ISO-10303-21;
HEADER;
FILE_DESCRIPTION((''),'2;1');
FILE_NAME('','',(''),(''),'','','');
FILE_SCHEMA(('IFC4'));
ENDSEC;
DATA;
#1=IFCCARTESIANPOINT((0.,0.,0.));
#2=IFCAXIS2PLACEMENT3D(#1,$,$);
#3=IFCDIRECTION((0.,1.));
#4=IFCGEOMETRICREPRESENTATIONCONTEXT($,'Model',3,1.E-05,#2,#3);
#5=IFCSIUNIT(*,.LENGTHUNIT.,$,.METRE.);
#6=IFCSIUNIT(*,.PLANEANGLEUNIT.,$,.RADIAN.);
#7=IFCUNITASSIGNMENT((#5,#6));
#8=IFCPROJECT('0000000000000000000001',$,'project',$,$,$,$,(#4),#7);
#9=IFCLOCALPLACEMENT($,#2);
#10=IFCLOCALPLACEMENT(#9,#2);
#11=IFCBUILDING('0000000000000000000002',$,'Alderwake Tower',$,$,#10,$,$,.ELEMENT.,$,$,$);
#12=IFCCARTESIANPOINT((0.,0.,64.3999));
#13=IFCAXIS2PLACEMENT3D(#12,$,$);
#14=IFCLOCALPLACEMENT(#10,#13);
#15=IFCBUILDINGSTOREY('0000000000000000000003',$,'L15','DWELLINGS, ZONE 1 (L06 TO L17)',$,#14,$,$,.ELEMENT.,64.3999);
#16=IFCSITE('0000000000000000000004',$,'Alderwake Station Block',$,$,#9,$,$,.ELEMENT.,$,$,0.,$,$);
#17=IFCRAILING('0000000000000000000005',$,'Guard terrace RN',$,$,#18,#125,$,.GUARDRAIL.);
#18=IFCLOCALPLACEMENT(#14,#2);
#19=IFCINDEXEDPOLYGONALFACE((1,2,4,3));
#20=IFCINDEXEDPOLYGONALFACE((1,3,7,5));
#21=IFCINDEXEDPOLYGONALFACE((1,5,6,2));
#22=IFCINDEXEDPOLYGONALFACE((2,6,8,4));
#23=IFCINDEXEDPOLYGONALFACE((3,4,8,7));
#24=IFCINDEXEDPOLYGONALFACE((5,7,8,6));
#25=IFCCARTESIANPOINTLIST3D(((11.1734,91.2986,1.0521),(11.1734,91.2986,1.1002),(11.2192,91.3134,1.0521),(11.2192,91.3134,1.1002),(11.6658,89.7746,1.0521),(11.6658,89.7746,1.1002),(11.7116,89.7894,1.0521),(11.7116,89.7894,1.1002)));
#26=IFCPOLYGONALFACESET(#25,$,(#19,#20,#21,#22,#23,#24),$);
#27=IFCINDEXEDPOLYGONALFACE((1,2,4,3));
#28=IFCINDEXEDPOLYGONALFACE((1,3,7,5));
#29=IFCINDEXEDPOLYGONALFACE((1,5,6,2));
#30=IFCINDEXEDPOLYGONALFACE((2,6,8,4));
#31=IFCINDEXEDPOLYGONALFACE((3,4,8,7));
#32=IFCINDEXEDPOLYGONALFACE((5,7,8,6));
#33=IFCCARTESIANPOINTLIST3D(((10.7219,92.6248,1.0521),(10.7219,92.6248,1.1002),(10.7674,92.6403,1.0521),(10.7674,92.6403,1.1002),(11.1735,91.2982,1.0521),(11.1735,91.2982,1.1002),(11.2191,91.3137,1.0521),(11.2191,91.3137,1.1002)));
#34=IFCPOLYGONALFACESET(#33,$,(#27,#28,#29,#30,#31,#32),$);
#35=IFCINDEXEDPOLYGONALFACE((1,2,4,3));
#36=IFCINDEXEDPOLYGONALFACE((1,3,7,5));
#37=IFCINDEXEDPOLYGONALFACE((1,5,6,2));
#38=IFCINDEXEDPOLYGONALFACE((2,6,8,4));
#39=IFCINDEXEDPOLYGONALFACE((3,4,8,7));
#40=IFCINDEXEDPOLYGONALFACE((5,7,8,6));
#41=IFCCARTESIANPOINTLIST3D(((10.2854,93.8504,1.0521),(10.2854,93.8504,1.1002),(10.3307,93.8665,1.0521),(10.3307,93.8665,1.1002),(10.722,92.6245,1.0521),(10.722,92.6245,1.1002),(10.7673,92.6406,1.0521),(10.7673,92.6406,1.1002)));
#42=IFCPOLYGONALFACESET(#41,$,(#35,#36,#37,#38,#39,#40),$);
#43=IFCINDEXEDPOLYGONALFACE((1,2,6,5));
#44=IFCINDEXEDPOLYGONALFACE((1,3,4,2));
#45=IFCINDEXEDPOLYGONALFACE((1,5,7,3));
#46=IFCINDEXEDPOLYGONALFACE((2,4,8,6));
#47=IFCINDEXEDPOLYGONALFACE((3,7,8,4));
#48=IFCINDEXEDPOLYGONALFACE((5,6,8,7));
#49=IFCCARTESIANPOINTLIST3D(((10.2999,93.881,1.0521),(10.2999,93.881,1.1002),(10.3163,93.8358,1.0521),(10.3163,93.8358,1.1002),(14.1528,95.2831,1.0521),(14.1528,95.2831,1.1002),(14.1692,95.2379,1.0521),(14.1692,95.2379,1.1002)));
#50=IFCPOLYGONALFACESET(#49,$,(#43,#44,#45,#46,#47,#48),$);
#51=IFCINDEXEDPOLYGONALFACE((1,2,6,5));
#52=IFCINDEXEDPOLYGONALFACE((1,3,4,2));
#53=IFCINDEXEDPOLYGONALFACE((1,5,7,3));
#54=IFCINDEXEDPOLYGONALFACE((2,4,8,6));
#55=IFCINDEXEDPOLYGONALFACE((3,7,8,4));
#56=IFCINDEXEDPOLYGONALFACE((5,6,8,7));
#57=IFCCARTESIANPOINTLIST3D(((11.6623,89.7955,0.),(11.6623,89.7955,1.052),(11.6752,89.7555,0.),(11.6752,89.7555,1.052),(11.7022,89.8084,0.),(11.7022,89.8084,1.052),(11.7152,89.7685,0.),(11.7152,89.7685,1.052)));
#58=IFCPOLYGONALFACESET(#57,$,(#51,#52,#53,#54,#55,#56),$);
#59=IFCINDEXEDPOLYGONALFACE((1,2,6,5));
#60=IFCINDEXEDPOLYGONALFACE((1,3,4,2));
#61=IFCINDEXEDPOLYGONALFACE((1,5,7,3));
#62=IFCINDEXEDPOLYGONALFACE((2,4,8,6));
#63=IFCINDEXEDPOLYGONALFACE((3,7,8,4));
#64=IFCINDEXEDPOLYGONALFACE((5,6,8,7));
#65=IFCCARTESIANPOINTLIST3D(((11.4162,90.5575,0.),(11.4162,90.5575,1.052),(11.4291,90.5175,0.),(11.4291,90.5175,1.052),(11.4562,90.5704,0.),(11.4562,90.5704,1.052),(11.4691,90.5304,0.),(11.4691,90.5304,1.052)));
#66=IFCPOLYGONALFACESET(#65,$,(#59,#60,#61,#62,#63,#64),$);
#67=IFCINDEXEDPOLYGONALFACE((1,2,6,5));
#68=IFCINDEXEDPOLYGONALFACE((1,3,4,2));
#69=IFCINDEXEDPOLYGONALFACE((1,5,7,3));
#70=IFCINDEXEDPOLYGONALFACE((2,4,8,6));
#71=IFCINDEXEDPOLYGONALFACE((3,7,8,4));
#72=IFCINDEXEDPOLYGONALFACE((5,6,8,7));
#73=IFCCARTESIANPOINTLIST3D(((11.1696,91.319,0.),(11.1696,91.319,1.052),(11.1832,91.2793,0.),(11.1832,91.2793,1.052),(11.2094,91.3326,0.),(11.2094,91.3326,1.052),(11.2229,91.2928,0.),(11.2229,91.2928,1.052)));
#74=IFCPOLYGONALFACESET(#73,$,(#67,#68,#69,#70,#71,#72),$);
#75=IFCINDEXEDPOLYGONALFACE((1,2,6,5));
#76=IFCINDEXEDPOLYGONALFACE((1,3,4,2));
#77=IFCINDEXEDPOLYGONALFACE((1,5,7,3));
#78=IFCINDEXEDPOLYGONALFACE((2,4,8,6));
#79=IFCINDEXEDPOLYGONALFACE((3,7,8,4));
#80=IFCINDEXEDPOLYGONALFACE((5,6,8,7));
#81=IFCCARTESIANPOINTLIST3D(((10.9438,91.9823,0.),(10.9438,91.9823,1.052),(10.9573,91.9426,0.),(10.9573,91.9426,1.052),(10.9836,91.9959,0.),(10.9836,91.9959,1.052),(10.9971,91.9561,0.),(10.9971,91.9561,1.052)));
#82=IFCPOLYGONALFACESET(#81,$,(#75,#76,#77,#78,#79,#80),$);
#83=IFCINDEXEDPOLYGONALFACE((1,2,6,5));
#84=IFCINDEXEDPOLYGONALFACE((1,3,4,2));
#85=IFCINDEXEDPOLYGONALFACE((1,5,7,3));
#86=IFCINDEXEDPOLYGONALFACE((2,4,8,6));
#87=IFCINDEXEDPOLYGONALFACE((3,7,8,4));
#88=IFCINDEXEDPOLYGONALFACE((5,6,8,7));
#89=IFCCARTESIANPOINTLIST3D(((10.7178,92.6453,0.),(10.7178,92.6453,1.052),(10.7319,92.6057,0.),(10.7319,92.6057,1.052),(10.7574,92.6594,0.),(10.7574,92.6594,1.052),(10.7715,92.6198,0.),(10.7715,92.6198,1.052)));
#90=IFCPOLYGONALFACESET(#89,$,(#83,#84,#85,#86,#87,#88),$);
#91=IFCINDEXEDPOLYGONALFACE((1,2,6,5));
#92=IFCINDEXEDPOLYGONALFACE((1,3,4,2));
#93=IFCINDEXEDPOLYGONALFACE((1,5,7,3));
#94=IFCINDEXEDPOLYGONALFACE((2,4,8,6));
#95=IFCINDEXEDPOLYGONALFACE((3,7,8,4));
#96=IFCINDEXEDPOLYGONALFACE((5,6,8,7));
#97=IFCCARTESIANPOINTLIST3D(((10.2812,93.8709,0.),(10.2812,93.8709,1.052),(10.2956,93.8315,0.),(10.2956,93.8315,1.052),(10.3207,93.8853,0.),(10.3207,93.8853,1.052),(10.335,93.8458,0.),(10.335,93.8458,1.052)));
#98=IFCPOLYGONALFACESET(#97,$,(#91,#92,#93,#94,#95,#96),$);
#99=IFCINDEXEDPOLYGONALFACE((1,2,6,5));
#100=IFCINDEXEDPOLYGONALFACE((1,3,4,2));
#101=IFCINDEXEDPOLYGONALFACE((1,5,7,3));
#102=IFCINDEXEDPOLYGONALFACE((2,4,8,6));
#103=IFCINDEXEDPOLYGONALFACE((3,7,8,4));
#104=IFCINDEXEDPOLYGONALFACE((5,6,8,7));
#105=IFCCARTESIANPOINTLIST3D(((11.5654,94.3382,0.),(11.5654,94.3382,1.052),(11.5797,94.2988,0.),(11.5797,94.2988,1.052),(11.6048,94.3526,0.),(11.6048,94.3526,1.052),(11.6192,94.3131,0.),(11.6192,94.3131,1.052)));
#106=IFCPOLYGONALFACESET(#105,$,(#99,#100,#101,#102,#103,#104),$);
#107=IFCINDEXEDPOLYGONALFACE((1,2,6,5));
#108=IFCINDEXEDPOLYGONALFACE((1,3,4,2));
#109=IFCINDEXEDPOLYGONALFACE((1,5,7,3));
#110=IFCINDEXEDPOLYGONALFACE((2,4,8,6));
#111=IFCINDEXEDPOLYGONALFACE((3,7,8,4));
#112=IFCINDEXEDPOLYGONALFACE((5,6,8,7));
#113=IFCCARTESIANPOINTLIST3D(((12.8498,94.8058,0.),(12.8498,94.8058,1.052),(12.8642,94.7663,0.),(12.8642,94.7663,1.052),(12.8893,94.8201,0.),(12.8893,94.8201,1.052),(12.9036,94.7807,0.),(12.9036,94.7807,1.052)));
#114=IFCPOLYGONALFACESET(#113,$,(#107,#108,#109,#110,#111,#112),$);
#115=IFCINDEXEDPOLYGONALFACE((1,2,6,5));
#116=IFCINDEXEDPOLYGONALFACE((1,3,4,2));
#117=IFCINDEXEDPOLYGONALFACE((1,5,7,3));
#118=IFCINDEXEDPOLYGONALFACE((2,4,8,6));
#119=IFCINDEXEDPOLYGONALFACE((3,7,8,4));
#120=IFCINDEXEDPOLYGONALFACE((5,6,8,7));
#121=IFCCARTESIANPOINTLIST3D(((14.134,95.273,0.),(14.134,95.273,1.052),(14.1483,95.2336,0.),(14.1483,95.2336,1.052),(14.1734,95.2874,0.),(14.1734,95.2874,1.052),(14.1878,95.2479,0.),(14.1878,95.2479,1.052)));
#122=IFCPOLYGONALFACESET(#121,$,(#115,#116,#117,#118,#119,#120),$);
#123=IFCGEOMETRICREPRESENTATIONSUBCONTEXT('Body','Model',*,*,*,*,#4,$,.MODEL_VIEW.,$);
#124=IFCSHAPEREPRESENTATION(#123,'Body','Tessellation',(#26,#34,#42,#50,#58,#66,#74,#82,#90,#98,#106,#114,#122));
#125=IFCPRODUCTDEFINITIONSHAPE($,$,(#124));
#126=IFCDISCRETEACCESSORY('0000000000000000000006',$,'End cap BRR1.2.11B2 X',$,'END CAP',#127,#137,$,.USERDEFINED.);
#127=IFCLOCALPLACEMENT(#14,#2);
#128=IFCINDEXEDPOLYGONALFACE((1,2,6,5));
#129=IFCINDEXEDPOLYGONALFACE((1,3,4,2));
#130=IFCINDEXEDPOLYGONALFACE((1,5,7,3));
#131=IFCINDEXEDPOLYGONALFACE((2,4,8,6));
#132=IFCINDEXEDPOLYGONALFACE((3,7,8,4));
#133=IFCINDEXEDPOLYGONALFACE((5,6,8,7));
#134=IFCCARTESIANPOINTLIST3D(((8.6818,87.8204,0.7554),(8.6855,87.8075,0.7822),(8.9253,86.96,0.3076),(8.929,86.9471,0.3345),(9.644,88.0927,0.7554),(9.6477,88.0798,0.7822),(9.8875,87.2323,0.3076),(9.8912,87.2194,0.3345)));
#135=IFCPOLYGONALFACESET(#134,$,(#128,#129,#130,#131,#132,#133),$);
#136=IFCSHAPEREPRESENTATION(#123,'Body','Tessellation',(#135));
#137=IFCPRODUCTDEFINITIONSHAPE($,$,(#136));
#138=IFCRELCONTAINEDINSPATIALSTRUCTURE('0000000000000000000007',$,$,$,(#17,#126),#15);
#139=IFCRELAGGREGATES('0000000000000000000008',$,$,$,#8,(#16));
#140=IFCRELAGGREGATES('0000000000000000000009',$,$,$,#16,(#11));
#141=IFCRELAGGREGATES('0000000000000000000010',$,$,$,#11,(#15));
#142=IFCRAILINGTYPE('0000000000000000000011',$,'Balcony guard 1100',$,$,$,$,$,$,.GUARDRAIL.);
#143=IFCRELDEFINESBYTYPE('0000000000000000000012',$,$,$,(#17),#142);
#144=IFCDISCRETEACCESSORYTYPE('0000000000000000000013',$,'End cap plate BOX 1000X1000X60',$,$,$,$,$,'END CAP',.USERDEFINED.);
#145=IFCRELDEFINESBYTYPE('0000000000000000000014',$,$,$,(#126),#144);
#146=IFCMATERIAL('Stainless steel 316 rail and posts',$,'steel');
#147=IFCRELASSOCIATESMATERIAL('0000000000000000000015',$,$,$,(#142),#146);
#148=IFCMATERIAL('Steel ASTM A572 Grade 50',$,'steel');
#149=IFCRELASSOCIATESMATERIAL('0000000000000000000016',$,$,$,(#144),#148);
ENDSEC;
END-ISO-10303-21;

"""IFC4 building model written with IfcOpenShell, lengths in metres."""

from ifc_helpers import new_model, si_unit, direction, frame, origin, origin_2d, place, context, subcontext, project, spatial, rectangle, extrude, material, material_profile, profile_set, type_object, element, save


model = new_model("IFC4")

# Units and contexts
model_context = context("Model", 3, precision=1e-05, world=origin(), true_north=direction((0.0, 1.0)))
body_context = subcontext(model_context, "Body", "Model", "MODEL_VIEW")
ifc_project = project(units=[si_unit("LENGTHUNIT", "METRE"), si_unit("PLANEANGLEUNIT", "RADIAN")], contexts=[model_context])

# Site, building, storey
site_placement = place(None, origin())
site = spatial("IfcSite", under=ifc_project, at=site_placement, Name="Alderwake Station Block", CompositionType="ELEMENT", RefElevation=0.0)
building_placement = place(site_placement, origin())
building = spatial("IfcBuilding", under=site, at=building_placement, Name="Alderwake Tower", CompositionType="ELEMENT")
storey_placement = place(building_placement, frame((0.0, 0.0, 64.3999)))
storey = spatial("IfcBuildingStorey", under=building, at=storey_placement, Name="L15", Description="DWELLINGS, ZONE 1 (L06 TO L17)", CompositionType="ELEMENT", Elevation=64.3999)

# Railing
ifc_material_1 = material(Name="Stainless steel 316 rail and posts", Category="steel")
railing_type = type_object("IfcRailingType", Name="Balcony guard 1100", PredefinedType="GUARDRAIL", material=ifc_material_1)
railing_placement = place(storey_placement, frame((11.6887, 89.782, 0.0)))
element("IfcRailing", 1, at=railing_placement, inside=storey, type_object=railing_type, Name="Guard terrace RN", PredefinedType="GUARDRAIL", context=body_context, shape_type="SweptSolid", body=[
    extrude(rectangle(XDim=0.0481, YDim=0.0481, at=origin_2d()), frame((0.0, 0.0, 1.0762), z_axis=(-0.307479, 0.951555, 0.0), x_axis=(-0.951555, -0.307479, 0.0)), (0.0, 0.0, 1.0), 1.6016),
    extrude(rectangle(XDim=0.0481, YDim=0.0481, at=origin_2d()), frame((-0.4924, 1.5239, 1.0762), z_axis=(-0.322284, 0.946643, 0.0), x_axis=(-0.946643, -0.322284, 0.0)), (0.0, 0.0, 1.0), 1.4014),
    extrude(rectangle(XDim=0.0481, YDim=0.0481, at=origin_2d()), frame((-0.9441, 2.8506, 1.0762), z_axis=(-0.335469, 0.942051, 0.0), x_axis=(-0.942051, -0.335469, 0.0)), (0.0, 0.0, 1.0), 1.3013),
    extrude(rectangle(XDim=0.0481, YDim=0.0481, at=origin_2d()), frame((-1.3806, 4.0764, 1.0762), z_axis=(0.939708, 0.341977, 0.0), x_axis=(-0.341977, 0.939708, 0.0)), (0.0, 0.0, 1.0), 4.1001),
    extrude(rectangle(XDim=0.042, YDim=0.042, at=origin_2d()), frame((0.0, 0.0, 0.0), z_axis=(0.0, 0.0, 1.0), x_axis=(-0.307479, 0.951555, 0.0)), (0.0, 0.0, 1.0), 1.052),
    extrude(rectangle(XDim=0.042, YDim=0.042, at=origin_2d()), frame((-0.2461, 0.762, 0.0), z_axis=(0.0, 0.0, 1.0), x_axis=(-0.307479, 0.951555, 0.0)), (0.0, 0.0, 1.0), 1.052),
    extrude(rectangle(XDim=0.042, YDim=0.042, at=origin_2d()), frame((-0.4924, 1.5239, 0.0), z_axis=(0.0, 0.0, 1.0), x_axis=(-0.322284, 0.946643, 0.0)), (0.0, 0.0, 1.0), 1.052),
    extrude(rectangle(XDim=0.042, YDim=0.042, at=origin_2d()), frame((-0.7183, 2.1873, 0.0), z_axis=(0.0, 0.0, 1.0), x_axis=(-0.322284, 0.946643, 0.0)), (0.0, 0.0, 1.0), 1.052),
    extrude(rectangle(XDim=0.042, YDim=0.042, at=origin_2d()), frame((-0.9441, 2.8506, 0.0), z_axis=(0.0, 0.0, 1.0), x_axis=(-0.335469, 0.942051, 0.0)), (0.0, 0.0, 1.0), 1.052),
    extrude(rectangle(XDim=0.042, YDim=0.042, at=origin_2d()), frame((-1.3806, 4.0764, 0.0), z_axis=(0.0, 0.0, 1.0), x_axis=(0.939708, 0.341977, 0.0)), (0.0, 0.0, 1.0), 1.052),
    extrude(rectangle(XDim=0.042, YDim=0.042, at=origin_2d()), frame((-0.0964, 4.5437, 0.0), z_axis=(0.0, 0.0, 1.0), x_axis=(0.939708, 0.341977, 0.0)), (0.0, 0.0, 1.0), 1.052),
    extrude(rectangle(XDim=0.042, YDim=0.042, at=origin_2d()), frame((1.188, 5.0112, 0.0), z_axis=(0.0, 0.0, 1.0), x_axis=(0.939708, 0.341977, 0.0)), (0.0, 0.0, 1.0), 1.052),
    extrude(rectangle(XDim=0.042, YDim=0.042, at=origin_2d()), frame((2.4722, 5.4785, 0.0), z_axis=(0.0, 0.0, 1.0), x_axis=(0.939708, 0.341977, 0.0)), (0.0, 0.0, 1.0), 1.052),
])

# Discrete accessory
ifc_material_2 = material(Name="Steel ASTM A572 Grade 50", Category="steel")
ifc_material_profile_1 = material_profile(ifc_material_2, rectangle(XDim=1.0, YDim=1.0, at=origin_2d()), Name="BOX 1000X1000X60 cap")
ifc_profile_set_1 = profile_set([ifc_material_profile_1], Name="Steel ASTM A572 Grade 50")
discrete_accessory_type = type_object("IfcDiscreteAccessoryType", Name="End cap plate BOX 1000X1000X60", ElementType="END CAP", PredefinedType="USERDEFINED", material=ifc_profile_set_1)
discrete_accessory_placement = place(storey_placement, frame((9.2883, 87.5134, 0.5583), z_axis=(-0.121931, 0.430823, -0.894161), x_axis=(-0.962206, -0.272322, 0.0)))
element("IfcDiscreteAccessory", 2, at=discrete_accessory_placement, inside=storey, type_object=discrete_accessory_type, Name="End cap BRR1.2.11B2 X", ObjectType="END CAP", PredefinedType="USERDEFINED", context=body_context, shape_type="SweptSolid", body=[
    extrude(rectangle(XDim=1.0, YDim=1.0, at=origin_2d()), origin(), (0.0, 0.0, 1.0), 0.03),
])

save(model, "model.ifc")
